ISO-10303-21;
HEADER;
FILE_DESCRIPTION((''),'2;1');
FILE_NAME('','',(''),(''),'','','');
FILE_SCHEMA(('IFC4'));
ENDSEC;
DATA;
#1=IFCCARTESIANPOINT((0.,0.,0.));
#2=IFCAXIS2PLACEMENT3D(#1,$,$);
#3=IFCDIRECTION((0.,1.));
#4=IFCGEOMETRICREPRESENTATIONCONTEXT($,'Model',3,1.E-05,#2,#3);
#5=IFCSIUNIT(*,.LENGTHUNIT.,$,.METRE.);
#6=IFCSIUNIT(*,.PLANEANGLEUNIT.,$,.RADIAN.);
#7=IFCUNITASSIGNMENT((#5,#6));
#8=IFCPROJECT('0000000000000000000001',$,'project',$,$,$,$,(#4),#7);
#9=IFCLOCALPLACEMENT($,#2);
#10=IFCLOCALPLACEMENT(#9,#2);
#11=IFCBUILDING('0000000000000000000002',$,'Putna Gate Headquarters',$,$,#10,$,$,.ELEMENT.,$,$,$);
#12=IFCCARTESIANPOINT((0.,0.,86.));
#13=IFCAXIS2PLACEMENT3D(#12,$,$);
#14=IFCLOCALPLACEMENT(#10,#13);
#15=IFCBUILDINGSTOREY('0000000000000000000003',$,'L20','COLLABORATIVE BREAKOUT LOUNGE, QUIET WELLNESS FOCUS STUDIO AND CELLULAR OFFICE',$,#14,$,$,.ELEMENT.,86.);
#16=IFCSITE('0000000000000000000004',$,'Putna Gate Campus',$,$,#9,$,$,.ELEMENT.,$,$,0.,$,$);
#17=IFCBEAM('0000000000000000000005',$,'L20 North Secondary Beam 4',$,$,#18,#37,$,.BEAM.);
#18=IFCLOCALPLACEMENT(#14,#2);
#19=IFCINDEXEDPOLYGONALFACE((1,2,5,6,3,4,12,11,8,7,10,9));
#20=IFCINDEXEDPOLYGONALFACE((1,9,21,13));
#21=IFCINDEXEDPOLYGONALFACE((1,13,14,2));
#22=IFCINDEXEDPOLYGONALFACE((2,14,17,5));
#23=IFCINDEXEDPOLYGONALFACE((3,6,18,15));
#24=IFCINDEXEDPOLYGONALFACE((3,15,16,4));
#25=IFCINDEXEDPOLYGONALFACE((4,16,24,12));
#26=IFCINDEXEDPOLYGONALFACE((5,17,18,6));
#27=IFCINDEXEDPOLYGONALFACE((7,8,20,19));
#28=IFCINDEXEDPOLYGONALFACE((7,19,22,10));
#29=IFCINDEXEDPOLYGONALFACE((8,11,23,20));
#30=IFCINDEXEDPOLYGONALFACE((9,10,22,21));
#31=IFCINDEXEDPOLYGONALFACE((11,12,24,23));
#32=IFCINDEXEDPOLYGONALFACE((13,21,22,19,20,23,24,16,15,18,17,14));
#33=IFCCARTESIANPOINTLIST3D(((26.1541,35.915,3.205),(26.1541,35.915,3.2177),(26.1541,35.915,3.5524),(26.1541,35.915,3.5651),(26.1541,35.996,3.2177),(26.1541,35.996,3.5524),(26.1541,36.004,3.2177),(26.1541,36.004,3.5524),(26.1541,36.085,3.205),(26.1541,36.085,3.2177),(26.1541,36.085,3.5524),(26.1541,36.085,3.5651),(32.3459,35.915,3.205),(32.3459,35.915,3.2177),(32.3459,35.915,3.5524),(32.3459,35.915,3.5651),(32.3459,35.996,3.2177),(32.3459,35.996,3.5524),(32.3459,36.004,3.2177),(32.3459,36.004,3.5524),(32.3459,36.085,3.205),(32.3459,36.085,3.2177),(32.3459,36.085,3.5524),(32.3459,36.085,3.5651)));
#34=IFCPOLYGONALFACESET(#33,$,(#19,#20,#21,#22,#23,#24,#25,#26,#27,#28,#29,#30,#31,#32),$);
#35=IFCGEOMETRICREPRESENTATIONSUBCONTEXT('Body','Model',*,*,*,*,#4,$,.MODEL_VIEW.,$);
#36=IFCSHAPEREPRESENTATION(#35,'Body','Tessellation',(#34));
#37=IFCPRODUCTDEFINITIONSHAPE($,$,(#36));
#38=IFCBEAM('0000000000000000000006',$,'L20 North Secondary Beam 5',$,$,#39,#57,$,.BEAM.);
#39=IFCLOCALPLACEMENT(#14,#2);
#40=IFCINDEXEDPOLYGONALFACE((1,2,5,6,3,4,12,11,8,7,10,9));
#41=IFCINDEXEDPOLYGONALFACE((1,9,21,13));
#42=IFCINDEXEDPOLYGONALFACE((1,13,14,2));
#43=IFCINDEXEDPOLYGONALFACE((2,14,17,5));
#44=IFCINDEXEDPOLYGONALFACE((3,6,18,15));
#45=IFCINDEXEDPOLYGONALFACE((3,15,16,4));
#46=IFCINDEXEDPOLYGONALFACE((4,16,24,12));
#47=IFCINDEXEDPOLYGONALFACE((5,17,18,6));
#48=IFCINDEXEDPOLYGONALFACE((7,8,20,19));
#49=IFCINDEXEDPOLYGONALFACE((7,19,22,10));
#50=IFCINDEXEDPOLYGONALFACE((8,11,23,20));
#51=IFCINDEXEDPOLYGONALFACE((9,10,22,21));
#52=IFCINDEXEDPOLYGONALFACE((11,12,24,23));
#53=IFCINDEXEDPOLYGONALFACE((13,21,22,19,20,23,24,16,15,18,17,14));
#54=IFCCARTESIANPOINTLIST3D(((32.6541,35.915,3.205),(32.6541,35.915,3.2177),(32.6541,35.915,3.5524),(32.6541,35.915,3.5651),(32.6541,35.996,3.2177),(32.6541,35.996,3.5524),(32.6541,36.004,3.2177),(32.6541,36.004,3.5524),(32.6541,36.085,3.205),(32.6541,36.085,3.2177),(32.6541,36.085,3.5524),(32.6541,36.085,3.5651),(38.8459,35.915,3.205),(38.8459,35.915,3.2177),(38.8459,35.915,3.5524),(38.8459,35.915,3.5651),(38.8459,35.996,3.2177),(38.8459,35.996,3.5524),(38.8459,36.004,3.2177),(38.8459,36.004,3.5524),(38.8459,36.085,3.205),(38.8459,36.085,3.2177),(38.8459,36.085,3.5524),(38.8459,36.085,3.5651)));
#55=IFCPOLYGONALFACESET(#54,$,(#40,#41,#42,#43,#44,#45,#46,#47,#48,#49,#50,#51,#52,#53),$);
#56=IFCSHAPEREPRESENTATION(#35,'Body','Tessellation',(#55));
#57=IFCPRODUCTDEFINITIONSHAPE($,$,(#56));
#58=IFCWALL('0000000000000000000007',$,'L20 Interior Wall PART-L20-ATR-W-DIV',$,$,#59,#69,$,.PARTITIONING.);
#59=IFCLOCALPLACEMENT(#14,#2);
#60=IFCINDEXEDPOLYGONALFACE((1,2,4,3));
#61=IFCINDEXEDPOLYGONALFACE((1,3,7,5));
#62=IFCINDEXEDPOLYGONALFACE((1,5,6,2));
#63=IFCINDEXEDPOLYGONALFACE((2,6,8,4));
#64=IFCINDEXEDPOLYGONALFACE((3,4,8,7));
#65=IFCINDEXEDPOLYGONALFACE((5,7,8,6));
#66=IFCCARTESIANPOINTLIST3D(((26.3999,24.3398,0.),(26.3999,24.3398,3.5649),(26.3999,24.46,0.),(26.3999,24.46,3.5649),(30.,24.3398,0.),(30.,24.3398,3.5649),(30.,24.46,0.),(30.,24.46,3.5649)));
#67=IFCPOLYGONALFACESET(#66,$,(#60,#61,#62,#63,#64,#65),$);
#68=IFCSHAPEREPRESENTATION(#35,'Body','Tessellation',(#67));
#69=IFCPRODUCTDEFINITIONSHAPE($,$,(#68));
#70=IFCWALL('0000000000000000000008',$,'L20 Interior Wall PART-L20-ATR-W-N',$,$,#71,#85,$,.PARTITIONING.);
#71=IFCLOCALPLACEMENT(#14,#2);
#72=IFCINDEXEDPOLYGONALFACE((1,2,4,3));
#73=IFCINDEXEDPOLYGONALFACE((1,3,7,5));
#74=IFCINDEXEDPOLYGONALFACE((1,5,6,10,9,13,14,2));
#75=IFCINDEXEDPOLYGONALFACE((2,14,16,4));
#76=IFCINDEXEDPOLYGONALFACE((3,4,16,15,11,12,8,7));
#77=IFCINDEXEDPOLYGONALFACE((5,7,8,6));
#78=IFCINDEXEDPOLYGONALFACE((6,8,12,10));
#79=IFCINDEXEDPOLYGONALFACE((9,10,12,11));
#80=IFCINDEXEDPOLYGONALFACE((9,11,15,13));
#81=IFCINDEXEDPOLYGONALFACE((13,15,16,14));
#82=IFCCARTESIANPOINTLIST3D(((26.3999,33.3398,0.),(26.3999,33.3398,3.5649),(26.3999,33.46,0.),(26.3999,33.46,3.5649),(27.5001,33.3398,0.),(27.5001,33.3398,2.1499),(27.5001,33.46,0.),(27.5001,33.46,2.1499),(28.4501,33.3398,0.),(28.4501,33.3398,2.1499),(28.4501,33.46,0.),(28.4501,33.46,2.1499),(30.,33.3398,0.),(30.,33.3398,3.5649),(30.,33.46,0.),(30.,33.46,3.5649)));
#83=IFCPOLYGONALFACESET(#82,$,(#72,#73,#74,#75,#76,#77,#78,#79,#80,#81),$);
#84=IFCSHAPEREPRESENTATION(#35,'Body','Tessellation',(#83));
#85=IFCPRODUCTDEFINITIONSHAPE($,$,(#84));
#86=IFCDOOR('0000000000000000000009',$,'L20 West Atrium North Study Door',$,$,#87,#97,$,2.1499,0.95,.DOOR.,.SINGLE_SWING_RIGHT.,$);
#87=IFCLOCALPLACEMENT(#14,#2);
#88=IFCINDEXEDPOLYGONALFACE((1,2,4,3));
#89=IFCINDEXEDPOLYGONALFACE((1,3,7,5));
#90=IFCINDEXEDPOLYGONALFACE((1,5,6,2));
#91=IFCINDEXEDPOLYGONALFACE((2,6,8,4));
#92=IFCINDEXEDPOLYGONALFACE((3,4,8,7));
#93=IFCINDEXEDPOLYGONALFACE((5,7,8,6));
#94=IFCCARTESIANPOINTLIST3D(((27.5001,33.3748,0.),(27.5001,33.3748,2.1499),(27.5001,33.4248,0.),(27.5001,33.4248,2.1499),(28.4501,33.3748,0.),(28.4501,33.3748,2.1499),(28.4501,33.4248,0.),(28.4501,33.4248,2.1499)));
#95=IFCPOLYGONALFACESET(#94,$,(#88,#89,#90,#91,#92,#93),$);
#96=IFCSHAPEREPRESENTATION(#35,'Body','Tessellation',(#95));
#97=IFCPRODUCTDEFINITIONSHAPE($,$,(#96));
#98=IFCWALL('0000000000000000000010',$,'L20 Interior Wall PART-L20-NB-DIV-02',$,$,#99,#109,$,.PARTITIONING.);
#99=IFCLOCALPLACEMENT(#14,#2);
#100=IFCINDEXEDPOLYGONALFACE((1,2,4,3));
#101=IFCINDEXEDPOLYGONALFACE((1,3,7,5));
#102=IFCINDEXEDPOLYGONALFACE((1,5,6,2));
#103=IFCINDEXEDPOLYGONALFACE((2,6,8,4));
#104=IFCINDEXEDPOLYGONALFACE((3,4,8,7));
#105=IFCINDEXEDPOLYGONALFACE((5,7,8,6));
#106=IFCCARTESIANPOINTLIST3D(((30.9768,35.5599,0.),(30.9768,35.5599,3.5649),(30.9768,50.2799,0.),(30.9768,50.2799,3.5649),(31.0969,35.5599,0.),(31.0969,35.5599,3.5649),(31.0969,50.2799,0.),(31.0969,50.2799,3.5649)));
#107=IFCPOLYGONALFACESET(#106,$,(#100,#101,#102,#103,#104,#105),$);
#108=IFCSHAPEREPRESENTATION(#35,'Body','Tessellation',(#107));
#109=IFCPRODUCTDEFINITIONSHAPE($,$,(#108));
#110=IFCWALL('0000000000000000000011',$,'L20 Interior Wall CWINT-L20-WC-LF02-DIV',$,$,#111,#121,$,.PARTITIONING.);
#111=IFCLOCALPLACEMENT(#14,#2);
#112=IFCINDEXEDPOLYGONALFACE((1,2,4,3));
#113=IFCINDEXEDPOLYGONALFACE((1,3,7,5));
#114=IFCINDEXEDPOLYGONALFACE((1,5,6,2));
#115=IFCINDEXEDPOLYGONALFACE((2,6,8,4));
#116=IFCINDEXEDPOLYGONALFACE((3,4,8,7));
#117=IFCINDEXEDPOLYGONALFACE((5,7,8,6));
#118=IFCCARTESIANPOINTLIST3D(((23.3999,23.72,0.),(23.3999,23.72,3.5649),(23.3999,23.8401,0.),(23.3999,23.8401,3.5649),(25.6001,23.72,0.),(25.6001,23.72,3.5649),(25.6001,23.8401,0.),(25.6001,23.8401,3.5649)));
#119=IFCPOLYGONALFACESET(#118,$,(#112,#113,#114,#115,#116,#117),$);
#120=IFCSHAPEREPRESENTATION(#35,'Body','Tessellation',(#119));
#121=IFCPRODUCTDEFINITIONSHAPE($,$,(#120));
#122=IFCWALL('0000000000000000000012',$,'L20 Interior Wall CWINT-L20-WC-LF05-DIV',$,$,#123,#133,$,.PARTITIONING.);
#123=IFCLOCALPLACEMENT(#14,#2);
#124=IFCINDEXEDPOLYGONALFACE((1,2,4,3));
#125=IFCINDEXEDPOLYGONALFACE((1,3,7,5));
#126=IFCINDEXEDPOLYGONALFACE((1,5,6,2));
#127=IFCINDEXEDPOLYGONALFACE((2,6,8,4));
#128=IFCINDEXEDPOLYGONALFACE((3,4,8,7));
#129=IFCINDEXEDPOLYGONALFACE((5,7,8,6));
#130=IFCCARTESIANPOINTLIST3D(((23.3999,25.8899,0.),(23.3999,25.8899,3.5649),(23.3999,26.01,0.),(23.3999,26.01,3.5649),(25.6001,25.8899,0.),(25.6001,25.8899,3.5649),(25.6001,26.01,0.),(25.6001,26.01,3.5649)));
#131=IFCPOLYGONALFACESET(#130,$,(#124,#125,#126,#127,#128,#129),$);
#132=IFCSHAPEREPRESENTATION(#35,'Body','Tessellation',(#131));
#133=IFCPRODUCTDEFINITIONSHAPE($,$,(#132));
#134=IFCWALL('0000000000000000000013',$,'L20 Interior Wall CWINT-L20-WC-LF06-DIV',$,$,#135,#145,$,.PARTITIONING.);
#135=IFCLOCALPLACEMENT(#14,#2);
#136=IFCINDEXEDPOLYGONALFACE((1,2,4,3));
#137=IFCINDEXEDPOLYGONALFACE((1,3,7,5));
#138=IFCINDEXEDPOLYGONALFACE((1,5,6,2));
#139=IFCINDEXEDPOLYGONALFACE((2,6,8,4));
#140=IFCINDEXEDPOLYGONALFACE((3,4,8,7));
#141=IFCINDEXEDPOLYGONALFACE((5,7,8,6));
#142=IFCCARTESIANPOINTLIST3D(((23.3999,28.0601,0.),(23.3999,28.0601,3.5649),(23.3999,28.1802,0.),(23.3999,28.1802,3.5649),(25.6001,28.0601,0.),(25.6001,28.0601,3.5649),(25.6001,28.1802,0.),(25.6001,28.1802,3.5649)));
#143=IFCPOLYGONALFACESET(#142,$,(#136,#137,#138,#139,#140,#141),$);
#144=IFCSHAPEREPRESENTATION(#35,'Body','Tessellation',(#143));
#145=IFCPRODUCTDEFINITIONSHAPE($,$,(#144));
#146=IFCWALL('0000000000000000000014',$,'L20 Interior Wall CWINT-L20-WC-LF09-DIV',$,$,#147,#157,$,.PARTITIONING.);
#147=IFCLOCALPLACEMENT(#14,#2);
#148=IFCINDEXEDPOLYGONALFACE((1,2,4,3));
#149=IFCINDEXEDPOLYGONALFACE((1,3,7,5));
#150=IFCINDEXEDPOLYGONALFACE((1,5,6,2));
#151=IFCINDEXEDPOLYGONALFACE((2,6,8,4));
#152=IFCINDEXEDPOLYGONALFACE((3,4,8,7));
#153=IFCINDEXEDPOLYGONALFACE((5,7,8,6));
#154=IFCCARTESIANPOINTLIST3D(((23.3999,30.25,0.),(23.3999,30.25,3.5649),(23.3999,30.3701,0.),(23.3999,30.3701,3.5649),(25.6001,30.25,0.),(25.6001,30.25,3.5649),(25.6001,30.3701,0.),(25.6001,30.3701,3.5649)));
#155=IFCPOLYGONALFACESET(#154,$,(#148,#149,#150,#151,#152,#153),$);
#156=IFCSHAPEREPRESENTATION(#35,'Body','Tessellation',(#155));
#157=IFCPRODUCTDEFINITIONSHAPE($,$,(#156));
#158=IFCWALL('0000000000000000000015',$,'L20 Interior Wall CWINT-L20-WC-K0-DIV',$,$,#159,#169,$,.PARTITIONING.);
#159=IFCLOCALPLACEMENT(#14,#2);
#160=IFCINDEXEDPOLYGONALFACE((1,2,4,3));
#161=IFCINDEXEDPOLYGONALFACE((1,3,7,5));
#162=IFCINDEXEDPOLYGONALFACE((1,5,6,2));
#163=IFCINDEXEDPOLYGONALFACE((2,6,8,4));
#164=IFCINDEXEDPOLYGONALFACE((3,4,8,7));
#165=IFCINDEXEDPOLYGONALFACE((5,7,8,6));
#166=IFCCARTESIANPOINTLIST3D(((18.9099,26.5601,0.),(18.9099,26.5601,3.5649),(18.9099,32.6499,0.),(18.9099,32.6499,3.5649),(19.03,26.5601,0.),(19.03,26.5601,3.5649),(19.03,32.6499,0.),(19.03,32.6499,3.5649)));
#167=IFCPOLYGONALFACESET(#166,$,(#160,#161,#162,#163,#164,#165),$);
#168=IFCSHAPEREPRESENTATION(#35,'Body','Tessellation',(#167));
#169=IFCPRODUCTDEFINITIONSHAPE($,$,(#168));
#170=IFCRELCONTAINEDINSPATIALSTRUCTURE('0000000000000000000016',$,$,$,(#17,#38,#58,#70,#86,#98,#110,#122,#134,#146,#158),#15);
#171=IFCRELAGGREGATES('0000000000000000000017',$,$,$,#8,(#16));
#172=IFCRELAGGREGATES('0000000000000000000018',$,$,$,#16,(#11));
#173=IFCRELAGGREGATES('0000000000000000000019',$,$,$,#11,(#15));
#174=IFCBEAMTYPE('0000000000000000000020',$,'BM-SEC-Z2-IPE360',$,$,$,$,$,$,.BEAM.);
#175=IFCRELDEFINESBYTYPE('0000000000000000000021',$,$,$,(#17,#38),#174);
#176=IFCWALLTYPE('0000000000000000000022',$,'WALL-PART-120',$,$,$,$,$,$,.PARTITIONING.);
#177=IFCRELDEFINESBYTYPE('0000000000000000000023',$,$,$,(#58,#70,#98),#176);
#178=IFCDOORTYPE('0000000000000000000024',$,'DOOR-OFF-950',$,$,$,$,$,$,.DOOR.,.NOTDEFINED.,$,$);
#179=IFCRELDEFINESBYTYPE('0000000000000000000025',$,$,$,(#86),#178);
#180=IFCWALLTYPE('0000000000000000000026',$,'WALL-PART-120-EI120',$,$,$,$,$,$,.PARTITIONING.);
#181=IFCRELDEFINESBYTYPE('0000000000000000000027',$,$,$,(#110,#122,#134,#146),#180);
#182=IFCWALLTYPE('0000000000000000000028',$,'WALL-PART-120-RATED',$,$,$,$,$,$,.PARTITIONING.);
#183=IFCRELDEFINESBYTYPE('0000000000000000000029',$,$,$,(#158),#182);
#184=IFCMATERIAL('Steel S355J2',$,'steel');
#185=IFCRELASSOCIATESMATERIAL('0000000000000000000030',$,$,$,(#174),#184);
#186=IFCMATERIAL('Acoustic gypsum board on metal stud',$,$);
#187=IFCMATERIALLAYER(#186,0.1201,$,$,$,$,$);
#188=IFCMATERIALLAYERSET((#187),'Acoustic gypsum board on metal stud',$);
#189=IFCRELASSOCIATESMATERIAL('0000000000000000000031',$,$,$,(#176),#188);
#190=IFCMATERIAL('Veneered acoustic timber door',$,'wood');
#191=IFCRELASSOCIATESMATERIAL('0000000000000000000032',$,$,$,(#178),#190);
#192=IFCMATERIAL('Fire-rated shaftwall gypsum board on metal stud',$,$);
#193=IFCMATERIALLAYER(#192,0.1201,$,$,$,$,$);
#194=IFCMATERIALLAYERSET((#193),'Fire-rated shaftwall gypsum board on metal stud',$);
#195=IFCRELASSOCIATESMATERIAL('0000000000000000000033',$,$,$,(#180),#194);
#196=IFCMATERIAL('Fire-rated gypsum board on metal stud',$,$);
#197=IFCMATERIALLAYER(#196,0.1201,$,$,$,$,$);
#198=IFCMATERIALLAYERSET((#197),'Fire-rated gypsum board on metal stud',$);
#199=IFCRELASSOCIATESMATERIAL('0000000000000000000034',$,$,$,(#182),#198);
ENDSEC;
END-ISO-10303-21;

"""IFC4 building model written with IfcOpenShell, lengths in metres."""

from ifc_helpers import new_model, si_unit, direction, frame, frame_2d, origin, origin_2d, place, context, subcontext, project, spatial, rectangle, i_section, extrude, material, layer, layer_set, material_profile, profile_set, type_object, element, fill, save


model = new_model("IFC4")

# Units and contexts
model_context = context("Model", 3, precision=1e-05, world=origin(), true_north=direction((0.0, 1.0)))
body_context = subcontext(model_context, "Body", "Model", "MODEL_VIEW")
ifc_project = project(units=[si_unit("LENGTHUNIT", "METRE"), si_unit("PLANEANGLEUNIT", "RADIAN")], contexts=[model_context])

# Site, building, storey
site_placement = place(None, origin())
site = spatial("IfcSite", under=ifc_project, at=site_placement, Name="Putna Gate Campus", CompositionType="ELEMENT", RefElevation=0.0)
building_placement = place(site_placement, origin())
building = spatial("IfcBuilding", under=site, at=building_placement, Name="Putna Gate Headquarters", CompositionType="ELEMENT")
storey_placement = place(building_placement, frame((0.0, 0.0, 86.0)))
storey = spatial("IfcBuildingStorey", under=building, at=storey_placement, Name="L20", Description="COLLABORATIVE BREAKOUT LOUNGE, QUIET WELLNESS FOCUS STUDIO AND CELLULAR OFFICE", CompositionType="ELEMENT", Elevation=86.0)

# Beams
ifc_material_1 = material(Name="Steel S355J2", Category="steel")
ifc_material_profile_1 = material_profile(ifc_material_1, i_section(OverallWidth=0.1699, OverallDepth=0.3601, WebThickness=0.0081, FlangeThickness=0.0127, at=origin_2d()), Name="Steel S355J2")
ifc_profile_set_1 = profile_set([ifc_material_profile_1], Name="Steel S355J2")
beam_type_1 = type_object("IfcBeamType", Name="BM-SEC-Z2-IPE360", PredefinedType="BEAM", material=ifc_profile_set_1)
for number, where, z_axis, x_axis, name in (
    (1, (26.1541, 36.0, 3.385), (1.0, 0.0, 0.0), (0.0, 1.0, 0.0), "L20 North Secondary Beam 4"),
    (2, (32.6541, 36.0, 3.385), (1.0, 0.0, 0.0), (0.0, 1.0, 0.0), "L20 North Secondary Beam 5"),
):
    element("IfcBeam", number, at=place(storey_placement, frame(where, z_axis=z_axis, x_axis=x_axis)), inside=storey, type_object=beam_type_1, Name=name, PredefinedType="BEAM", context=body_context, shape_type="SweptSolid", body=[
        extrude(i_section(OverallWidth=0.1699, OverallDepth=0.3601, WebThickness=0.0081, FlangeThickness=0.0127, at=origin_2d()), origin(), (0.0, 0.0, 1.0), 6.1919),
    ])

# Wall
ifc_material_2 = material(Name="Acoustic gypsum board on metal stud")
ifc_layer_1 = layer(ifc_material_2, 0.1201)
ifc_layer_set_1 = layer_set([ifc_layer_1], Name="Acoustic gypsum board on metal stud")
wall_type_1 = type_object("IfcWallType", Name="WALL-PART-120", PredefinedType="PARTITIONING", material=ifc_layer_set_1)
wall_1_placement = place(storey_placement, frame((26.3999, 24.3999, 0.0), z_axis=(0.0, 0.0, 1.0), x_axis=(1.0, 0.0, 0.0)))
element("IfcWall", 3, at=wall_1_placement, inside=storey, type_object=wall_type_1, Name="L20 Interior Wall PART-L20-ATR-W-DIV", PredefinedType="PARTITIONING", context=body_context, shape_type="SweptSolid", body=[
    extrude(rectangle(XDim=3.6001, YDim=0.1201, at=frame_2d((1.8, 0.0))), origin(), (0.0, 0.0, 1.0), 3.5649),
])

# Wall, opening, door
wall_2_placement = place(storey_placement, frame((26.3999, 33.3999, 0.0), z_axis=(0.0, 0.0, 1.0), x_axis=(1.0, 0.0, 0.0)))
wall_2 = element("IfcWall", 4, at=wall_2_placement, inside=storey, type_object=wall_type_1, Name="L20 Interior Wall PART-L20-ATR-W-N", PredefinedType="PARTITIONING", context=body_context, shape_type="SweptSolid", body=[
    extrude(rectangle(XDim=3.6001, YDim=0.1201, at=frame_2d((1.8, 0.0))), origin(), (0.0, 0.0, 1.0), 3.5649),
])
opening_1_placement = place(wall_2_placement, frame((1.1001, 0.0, 0.0)))
opening_1 = element("IfcOpeningElement", 5, at=opening_1_placement, cuts=wall_2, PredefinedType="OPENING", context=body_context, shape_type="SweptSolid", body=[
    extrude(rectangle(XDim=0.95, YDim=2.1499, at=frame_2d((0.4751, 1.075))), frame((0.0, 0.0701, 0.0), z_axis=(0.0, -1.0, 0.0), x_axis=(1.0, 0.0, 0.0)), (0.0, 0.0, 1.0), 0.1401),
])
ifc_material_3 = material(Name="Veneered acoustic timber door", Category="wood")
door_type_1 = type_object("IfcDoorType", Name="DOOR-OFF-950", OperationType="NOTDEFINED", PredefinedType="DOOR", material=ifc_material_3)
door_1_placement = place(opening_1_placement, origin())
door_1 = element("IfcDoor", 6, at=door_1_placement, inside=storey, type_object=door_type_1, Name="L20 West Atrium North Study Door", OperationType="SINGLE_SWING_RIGHT", OverallHeight=2.1499, OverallWidth=0.95, PredefinedType="DOOR", context=body_context, shape_type="SweptSolid", body=[
    extrude(rectangle(XDim=0.95, YDim=2.1499, at=frame_2d((0.4751, 1.075))), frame((0.0, 0.0249, 0.0), z_axis=(0.0, -1.0, 0.0), x_axis=(1.0, 0.0, 0.0)), (0.0, 0.0, 1.0), 0.05),
])
fill(opening_1, door_1)

# Walls
wall_3_placement = place(storey_placement, frame((31.0369, 35.5601, 0.0), z_axis=(0.0, 0.0, 1.0), x_axis=(0.0, 1.0, 0.0)))
element("IfcWall", 7, at=wall_3_placement, inside=storey, type_object=wall_type_1, Name="L20 Interior Wall PART-L20-NB-DIV-02", PredefinedType="PARTITIONING", context=body_context, shape_type="SweptSolid", body=[
    extrude(rectangle(XDim=14.72, YDim=0.1201, at=frame_2d((7.3599, 0.0))), origin(), (0.0, 0.0, 1.0), 3.5649),
])
ifc_material_4 = material(Name="Fire-rated shaftwall gypsum board on metal stud")
ifc_layer_2 = layer(ifc_material_4, 0.1201)
ifc_layer_set_2 = layer_set([ifc_layer_2], Name="Fire-rated shaftwall gypsum board on metal stud")
wall_type_2 = type_object("IfcWallType", Name="WALL-PART-120-EI120", PredefinedType="PARTITIONING", material=ifc_layer_set_2)
for number, where, z_axis, x_axis, name in (
    (8, (23.3999, 23.78, 0.0), (0.0, 0.0, 1.0), (1.0, 0.0, 0.0), "L20 Interior Wall CWINT-L20-WC-LF02-DIV"),
    (9, (23.3999, 25.95, 0.0), (0.0, 0.0, 1.0), (1.0, 0.0, 0.0), "L20 Interior Wall CWINT-L20-WC-LF05-DIV"),
    (10, (23.3999, 28.1201, 0.0), (0.0, 0.0, 1.0), (1.0, 0.0, 0.0), "L20 Interior Wall CWINT-L20-WC-LF06-DIV"),
    (11, (23.3999, 30.3101, 0.0), (0.0, 0.0, 1.0), (1.0, 0.0, 0.0), "L20 Interior Wall CWINT-L20-WC-LF09-DIV"),
):
    element("IfcWall", number, at=place(storey_placement, frame(where, z_axis=z_axis, x_axis=x_axis)), inside=storey, type_object=wall_type_2, Name=name, PredefinedType="PARTITIONING", context=body_context, shape_type="SweptSolid", body=[
        extrude(rectangle(XDim=2.2002, YDim=0.1201, at=frame_2d((1.1001, 0.0))), origin(), (0.0, 0.0, 1.0), 3.5649),
    ])
ifc_material_5 = material(Name="Fire-rated gypsum board on metal stud")
ifc_layer_3 = layer(ifc_material_5, 0.1201)
ifc_layer_set_3 = layer_set([ifc_layer_3], Name="Fire-rated gypsum board on metal stud")
wall_type_3 = type_object("IfcWallType", Name="WALL-PART-120-RATED", PredefinedType="PARTITIONING", material=ifc_layer_set_3)
wall_4_placement = place(storey_placement, frame((18.97, 26.5601, 0.0), z_axis=(0.0, 0.0, 1.0), x_axis=(0.0, 1.0, 0.0)))
element("IfcWall", 12, at=wall_4_placement, inside=storey, type_object=wall_type_3, Name="L20 Interior Wall CWINT-L20-WC-K0-DIV", PredefinedType="PARTITIONING", context=body_context, shape_type="SweptSolid", body=[
    extrude(rectangle(XDim=6.0898, YDim=0.1201, at=frame_2d((3.0449, 0.0))), origin(), (0.0, 0.0, 1.0), 3.5649),
])

save(model, "model.ifc")
